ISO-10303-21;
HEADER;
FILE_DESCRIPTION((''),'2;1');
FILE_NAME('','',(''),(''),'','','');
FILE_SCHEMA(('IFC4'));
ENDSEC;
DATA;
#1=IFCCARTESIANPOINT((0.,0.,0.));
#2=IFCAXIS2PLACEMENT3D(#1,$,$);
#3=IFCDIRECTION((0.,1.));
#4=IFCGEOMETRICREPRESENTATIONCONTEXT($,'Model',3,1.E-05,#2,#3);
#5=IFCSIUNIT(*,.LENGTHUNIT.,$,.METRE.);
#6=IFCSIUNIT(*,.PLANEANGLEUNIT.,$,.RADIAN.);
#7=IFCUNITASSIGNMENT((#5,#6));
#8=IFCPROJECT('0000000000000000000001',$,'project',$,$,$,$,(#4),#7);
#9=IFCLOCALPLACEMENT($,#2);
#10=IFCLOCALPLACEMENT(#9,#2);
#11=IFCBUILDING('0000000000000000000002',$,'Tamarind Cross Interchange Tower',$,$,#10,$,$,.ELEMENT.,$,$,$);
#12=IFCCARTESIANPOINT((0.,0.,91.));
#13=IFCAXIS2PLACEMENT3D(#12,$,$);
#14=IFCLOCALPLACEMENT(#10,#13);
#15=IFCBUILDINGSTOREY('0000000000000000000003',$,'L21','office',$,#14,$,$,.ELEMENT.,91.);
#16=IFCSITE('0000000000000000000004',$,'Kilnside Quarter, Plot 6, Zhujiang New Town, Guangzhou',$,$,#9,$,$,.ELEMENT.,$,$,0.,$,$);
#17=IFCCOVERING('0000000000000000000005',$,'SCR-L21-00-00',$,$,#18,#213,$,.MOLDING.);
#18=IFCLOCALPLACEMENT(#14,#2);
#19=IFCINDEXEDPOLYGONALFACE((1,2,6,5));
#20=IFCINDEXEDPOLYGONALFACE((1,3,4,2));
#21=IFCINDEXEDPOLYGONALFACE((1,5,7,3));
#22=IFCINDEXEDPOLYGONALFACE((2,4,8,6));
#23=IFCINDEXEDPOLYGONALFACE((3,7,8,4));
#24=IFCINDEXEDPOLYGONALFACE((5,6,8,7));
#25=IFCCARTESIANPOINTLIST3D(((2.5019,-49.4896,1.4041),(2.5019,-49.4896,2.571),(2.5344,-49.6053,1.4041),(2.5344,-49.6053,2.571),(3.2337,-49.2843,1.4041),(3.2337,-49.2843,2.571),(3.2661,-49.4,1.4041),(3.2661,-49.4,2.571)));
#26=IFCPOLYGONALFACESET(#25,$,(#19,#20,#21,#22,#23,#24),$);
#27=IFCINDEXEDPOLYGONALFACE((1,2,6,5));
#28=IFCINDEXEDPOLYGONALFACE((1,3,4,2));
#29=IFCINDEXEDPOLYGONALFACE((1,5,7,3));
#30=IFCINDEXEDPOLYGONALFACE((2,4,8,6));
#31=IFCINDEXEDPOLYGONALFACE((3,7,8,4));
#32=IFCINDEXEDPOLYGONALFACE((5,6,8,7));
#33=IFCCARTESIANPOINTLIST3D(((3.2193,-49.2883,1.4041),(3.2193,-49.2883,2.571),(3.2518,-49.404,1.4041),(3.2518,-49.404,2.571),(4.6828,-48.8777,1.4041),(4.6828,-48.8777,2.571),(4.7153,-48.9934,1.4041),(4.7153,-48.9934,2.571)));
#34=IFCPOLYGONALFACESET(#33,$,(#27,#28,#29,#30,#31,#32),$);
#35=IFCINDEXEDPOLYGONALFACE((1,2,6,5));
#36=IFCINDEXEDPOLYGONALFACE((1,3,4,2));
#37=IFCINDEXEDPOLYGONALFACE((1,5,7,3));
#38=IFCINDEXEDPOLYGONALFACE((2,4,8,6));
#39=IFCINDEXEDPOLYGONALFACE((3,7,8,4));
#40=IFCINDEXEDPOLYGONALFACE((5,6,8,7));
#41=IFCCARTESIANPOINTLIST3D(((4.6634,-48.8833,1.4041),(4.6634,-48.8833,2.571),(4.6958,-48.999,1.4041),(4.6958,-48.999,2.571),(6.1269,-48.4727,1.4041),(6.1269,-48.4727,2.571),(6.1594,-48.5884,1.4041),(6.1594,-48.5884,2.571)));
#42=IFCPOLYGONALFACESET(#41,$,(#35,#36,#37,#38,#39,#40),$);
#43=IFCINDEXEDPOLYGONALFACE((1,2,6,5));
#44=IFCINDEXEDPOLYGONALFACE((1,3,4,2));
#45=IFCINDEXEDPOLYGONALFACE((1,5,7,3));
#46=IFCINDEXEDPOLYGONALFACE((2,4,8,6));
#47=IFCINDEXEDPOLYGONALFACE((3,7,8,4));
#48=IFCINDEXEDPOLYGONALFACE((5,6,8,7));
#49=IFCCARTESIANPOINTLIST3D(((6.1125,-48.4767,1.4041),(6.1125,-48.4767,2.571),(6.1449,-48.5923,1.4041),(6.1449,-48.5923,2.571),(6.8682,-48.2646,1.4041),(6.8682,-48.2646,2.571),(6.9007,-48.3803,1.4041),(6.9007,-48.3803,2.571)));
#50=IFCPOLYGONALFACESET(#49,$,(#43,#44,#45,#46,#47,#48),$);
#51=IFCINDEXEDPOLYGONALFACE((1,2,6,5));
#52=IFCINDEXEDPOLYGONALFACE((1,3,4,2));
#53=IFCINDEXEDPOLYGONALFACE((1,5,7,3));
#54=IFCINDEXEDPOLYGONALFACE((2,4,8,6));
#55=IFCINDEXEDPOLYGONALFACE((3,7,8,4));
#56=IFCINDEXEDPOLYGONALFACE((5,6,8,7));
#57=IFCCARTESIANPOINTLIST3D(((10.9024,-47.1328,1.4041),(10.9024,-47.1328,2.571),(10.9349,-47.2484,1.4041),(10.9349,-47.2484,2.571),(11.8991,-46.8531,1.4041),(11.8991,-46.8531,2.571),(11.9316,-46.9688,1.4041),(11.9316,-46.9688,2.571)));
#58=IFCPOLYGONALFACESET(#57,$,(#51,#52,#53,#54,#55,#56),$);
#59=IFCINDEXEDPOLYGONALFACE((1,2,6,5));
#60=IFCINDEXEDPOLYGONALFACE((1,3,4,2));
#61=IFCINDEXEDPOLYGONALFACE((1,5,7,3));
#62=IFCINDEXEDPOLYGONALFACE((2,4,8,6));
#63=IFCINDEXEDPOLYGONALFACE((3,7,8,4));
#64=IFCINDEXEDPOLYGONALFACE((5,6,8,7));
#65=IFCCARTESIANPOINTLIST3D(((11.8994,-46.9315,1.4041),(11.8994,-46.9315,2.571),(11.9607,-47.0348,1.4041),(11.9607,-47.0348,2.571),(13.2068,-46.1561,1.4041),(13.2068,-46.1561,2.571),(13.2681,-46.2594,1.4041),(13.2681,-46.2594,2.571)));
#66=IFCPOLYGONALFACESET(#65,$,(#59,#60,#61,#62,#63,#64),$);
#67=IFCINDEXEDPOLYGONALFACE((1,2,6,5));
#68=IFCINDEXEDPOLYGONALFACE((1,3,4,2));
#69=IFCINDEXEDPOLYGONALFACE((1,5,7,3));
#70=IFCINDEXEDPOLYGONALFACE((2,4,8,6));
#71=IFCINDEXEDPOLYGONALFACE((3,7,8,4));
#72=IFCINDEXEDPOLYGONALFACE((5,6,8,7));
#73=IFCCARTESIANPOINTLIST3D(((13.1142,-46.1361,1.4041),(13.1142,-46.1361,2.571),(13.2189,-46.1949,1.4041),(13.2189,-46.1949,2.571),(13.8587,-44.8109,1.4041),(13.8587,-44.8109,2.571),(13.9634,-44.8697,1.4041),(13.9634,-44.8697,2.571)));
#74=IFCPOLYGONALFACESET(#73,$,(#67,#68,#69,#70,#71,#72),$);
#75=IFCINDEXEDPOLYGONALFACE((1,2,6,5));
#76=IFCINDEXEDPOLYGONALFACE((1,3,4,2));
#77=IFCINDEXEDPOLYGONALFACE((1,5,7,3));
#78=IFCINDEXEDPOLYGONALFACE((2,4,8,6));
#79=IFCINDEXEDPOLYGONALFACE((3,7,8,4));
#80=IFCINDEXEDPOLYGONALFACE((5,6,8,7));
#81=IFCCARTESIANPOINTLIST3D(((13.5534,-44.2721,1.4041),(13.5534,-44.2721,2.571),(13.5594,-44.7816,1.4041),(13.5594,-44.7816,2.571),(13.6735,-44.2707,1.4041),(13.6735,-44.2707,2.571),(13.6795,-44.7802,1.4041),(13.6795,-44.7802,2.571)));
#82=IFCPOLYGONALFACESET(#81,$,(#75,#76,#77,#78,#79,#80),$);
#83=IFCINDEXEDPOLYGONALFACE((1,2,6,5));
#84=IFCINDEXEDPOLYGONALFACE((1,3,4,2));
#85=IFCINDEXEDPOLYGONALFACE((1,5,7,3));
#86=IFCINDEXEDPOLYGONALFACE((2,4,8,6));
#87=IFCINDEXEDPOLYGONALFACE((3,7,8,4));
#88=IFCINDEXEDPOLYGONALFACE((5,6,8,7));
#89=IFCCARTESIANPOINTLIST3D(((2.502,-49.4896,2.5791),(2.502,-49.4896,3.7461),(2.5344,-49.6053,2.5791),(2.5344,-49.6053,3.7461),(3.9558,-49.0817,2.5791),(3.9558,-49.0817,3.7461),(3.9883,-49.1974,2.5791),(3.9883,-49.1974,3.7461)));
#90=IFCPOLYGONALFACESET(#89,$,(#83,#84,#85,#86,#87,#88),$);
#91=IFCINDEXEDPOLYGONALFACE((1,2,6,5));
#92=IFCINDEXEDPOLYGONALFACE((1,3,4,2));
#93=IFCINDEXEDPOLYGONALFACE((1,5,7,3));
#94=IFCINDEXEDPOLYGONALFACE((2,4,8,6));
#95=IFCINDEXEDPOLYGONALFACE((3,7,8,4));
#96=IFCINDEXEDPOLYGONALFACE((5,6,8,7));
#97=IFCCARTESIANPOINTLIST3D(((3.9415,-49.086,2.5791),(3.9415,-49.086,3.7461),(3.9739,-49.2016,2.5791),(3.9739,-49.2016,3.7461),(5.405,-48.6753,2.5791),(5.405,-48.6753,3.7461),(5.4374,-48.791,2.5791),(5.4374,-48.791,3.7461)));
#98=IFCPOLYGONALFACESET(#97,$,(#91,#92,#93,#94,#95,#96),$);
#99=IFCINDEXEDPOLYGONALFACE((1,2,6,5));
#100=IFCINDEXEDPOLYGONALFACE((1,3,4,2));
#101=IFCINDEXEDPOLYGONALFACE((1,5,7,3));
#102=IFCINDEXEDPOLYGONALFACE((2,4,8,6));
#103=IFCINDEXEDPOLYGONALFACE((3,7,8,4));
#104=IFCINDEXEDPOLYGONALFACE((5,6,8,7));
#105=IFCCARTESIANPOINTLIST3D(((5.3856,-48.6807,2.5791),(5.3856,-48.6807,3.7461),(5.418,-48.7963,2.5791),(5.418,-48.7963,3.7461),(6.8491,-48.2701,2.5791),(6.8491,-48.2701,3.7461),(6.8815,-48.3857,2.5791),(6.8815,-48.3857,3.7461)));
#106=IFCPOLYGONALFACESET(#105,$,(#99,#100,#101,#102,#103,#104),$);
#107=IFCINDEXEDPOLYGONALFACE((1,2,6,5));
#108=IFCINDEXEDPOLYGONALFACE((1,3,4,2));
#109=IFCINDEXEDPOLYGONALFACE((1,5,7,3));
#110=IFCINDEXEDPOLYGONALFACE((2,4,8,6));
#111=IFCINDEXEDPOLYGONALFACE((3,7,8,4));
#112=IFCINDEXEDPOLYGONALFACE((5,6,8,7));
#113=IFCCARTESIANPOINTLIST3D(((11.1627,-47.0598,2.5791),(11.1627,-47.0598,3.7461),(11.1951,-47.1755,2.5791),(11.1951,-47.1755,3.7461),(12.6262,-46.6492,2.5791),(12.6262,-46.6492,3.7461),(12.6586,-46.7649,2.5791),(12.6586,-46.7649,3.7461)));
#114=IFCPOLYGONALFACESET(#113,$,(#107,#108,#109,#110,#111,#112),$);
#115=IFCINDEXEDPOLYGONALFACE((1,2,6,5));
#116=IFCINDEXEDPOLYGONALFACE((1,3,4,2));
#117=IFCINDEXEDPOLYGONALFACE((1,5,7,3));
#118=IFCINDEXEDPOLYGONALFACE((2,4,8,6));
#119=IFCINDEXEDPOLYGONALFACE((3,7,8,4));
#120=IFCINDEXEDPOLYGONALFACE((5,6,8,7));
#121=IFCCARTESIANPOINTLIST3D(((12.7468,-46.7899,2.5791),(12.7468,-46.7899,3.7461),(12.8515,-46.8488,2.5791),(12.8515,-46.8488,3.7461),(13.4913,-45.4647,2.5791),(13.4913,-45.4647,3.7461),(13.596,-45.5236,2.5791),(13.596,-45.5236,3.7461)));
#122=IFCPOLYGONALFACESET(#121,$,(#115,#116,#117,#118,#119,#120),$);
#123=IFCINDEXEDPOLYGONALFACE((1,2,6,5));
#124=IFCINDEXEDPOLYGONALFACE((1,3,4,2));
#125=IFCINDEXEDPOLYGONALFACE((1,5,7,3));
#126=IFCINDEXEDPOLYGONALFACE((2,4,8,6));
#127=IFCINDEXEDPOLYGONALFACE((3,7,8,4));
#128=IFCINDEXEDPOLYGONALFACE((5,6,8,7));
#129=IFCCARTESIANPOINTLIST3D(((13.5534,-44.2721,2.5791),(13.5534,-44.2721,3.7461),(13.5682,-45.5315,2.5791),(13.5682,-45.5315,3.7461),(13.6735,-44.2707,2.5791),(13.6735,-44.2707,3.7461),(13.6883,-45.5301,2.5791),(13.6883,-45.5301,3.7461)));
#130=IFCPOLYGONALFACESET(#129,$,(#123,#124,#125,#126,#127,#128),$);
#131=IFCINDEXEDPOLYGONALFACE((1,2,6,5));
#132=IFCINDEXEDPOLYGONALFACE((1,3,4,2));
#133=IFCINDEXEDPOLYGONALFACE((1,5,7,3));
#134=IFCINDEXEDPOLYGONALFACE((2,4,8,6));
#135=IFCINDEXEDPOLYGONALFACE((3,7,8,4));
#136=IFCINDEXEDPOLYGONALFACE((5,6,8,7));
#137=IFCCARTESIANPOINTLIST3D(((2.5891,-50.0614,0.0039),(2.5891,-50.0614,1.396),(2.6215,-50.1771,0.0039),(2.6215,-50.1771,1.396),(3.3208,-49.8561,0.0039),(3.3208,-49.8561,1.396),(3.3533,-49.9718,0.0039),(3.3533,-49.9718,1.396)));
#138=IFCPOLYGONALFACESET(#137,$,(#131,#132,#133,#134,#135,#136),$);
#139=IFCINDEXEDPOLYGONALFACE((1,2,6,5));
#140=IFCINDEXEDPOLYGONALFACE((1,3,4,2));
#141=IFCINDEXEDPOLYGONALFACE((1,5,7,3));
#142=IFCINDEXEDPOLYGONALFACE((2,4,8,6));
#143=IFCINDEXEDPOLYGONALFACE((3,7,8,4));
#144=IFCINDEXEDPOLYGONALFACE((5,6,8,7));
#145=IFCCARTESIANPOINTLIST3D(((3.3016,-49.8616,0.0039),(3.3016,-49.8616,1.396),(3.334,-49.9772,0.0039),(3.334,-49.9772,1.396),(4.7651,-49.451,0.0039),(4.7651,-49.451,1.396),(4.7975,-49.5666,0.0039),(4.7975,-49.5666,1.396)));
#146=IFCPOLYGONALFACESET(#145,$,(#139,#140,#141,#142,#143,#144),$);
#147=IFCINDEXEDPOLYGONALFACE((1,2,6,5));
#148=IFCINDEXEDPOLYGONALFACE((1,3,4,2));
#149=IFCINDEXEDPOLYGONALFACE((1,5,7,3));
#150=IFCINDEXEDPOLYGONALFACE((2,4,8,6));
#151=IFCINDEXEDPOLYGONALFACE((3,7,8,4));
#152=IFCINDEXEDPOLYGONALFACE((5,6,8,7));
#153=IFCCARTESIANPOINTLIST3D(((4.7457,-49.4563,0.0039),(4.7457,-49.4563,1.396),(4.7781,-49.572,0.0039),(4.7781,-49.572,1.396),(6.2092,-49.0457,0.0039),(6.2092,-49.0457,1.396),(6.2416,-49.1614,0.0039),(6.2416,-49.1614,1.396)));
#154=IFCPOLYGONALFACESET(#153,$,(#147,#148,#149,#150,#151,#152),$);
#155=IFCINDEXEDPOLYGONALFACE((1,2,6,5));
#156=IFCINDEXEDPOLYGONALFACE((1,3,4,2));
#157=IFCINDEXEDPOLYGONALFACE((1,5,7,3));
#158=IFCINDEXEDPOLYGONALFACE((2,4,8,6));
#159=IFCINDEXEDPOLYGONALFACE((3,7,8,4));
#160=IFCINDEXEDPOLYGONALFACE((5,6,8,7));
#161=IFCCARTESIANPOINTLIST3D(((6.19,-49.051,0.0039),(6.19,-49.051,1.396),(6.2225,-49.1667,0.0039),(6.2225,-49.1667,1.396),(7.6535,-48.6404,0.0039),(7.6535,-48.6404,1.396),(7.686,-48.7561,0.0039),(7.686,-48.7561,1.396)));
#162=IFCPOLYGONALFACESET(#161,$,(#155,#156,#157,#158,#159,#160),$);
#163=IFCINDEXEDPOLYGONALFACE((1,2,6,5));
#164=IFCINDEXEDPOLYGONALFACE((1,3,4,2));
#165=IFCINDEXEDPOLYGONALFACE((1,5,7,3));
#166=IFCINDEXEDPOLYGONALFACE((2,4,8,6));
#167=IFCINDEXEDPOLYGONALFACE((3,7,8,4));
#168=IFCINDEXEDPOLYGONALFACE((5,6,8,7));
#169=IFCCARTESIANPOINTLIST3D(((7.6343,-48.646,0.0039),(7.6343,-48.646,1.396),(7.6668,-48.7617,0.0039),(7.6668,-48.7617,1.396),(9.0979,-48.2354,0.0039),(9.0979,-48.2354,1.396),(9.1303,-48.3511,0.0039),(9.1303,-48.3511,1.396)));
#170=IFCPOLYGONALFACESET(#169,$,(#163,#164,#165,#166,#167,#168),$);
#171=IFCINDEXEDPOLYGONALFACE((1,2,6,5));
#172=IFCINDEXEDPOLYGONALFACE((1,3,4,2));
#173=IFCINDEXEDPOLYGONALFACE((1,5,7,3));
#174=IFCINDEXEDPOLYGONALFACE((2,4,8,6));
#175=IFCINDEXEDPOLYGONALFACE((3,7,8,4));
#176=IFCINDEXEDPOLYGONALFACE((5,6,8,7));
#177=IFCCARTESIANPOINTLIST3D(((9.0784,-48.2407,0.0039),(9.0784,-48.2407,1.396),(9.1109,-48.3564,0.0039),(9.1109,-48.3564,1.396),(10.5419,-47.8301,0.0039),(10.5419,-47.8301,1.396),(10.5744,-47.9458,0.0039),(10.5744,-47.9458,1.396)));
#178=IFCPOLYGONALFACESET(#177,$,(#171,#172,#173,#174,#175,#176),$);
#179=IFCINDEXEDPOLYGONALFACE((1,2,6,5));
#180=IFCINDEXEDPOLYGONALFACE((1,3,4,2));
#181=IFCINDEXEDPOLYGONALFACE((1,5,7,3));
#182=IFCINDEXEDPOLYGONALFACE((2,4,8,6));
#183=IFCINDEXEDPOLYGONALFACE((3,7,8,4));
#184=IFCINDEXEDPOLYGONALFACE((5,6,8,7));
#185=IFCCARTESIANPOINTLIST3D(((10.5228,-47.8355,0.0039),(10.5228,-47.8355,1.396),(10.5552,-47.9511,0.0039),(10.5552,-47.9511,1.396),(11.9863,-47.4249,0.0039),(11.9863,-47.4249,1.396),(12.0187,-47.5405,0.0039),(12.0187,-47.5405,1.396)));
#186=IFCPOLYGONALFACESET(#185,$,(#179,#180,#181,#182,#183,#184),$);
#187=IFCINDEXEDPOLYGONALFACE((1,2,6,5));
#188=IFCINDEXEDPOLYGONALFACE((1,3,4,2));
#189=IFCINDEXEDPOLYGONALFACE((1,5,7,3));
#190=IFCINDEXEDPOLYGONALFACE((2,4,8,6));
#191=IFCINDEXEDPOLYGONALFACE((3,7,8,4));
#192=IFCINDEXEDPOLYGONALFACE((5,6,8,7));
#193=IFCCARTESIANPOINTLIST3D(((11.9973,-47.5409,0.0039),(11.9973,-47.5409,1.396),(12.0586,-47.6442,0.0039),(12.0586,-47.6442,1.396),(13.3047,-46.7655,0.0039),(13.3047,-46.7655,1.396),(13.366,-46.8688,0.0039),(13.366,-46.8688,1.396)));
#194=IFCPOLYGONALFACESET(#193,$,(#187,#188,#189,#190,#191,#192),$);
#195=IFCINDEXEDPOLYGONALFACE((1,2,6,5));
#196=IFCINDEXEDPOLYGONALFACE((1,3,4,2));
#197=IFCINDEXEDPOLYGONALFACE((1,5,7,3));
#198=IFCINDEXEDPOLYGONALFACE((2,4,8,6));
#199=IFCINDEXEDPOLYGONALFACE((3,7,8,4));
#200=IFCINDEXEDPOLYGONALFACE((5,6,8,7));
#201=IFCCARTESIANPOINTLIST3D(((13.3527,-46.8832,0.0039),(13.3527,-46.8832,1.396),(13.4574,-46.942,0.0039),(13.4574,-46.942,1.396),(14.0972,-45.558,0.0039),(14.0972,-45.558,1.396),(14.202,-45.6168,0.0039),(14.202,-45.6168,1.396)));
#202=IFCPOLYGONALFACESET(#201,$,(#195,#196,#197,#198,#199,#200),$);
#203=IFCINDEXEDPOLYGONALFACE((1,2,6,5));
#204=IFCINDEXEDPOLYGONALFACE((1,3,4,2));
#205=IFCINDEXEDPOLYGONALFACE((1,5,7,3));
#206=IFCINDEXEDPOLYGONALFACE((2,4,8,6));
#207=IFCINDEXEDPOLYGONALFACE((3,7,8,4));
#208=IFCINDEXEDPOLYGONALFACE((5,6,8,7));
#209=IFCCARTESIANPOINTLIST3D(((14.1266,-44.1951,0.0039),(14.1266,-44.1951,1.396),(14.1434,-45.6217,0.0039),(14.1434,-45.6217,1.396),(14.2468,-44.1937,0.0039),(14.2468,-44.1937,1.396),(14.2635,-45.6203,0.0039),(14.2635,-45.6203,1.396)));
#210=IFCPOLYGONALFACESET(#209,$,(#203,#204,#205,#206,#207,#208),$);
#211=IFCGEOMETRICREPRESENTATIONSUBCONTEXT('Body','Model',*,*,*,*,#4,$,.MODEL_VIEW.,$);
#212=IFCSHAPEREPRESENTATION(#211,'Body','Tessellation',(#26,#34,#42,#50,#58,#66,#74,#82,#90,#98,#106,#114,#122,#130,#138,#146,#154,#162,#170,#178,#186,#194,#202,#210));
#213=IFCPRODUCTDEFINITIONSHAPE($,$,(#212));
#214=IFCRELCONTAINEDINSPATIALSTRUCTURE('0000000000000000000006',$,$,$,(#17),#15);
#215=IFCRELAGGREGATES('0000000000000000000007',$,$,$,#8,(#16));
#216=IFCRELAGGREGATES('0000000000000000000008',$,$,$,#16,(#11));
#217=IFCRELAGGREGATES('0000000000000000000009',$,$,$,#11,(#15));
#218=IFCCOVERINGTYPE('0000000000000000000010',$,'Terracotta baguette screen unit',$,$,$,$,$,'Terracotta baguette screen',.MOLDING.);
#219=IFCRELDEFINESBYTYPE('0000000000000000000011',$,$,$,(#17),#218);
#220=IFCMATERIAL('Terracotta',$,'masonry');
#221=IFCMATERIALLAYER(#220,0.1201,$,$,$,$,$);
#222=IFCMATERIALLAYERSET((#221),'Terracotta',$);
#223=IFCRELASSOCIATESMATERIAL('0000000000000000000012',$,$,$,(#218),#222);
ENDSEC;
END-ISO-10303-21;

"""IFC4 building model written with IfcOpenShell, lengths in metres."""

from ifc_helpers import new_model, si_unit, direction, frame, origin, origin_2d, place, context, subcontext, project, spatial, rectangle, extrude, material, layer, layer_set, type_object, element, save


model = new_model("IFC4")

# Units and contexts
model_context = context("Model", 3, precision=1e-05, world=origin(), true_north=direction((0.0, 1.0)))
body_context = subcontext(model_context, "Body", "Model", "MODEL_VIEW")
ifc_project = project(units=[si_unit("LENGTHUNIT", "METRE"), si_unit("PLANEANGLEUNIT", "RADIAN")], contexts=[model_context])

# Site, building, storey
site_placement = place(None, origin())
site = spatial("IfcSite", under=ifc_project, at=site_placement, Name="Kilnside Quarter, Plot 6, Zhujiang New Town, Guangzhou", CompositionType="ELEMENT", RefElevation=0.0)
building_placement = place(site_placement, origin())
building = spatial("IfcBuilding", under=site, at=building_placement, Name="Tamarind Cross Interchange Tower", CompositionType="ELEMENT")
storey_placement = place(building_placement, frame((0.0, 0.0, 91.0)))
storey = spatial("IfcBuildingStorey", under=building, at=storey_placement, Name="L21", Description="office", CompositionType="ELEMENT", Elevation=91.0)

# Covering
ifc_material_1 = material(Name="Terracotta", Category="masonry")
ifc_layer_1 = layer(ifc_material_1, 0.1201)
ifc_layer_set_1 = layer_set([ifc_layer_1], Name="Terracotta")
covering_type = type_object("IfcCoveringType", Name="Terracotta baguette screen unit", ElementType="Terracotta baguette screen", PredefinedType="MOLDING", material=ifc_layer_set_1)
covering_1_placement = place(storey_placement, origin())
element("IfcCovering", 1, at=covering_1_placement, inside=storey, type_object=covering_type, Name="SCR-L21-00-00", PredefinedType="MOLDING", context=body_context, shape_type="SweptSolid", body=[
    extrude(rectangle(XDim=0.76, YDim=0.1201, at=origin_2d()), frame((2.884, -49.4448, 1.4041), z_axis=(0.0, 0.0, 1.0), x_axis=(0.962824, 0.27013, 0.0)), (0.0, 0.0, 1.0), 1.167),
    extrude(rectangle(XDim=1.52, YDim=0.1201, at=origin_2d()), frame((3.9673, -49.1409, 1.4041), z_axis=(0.0, 0.0, 1.0), x_axis=(0.962824, 0.27013, 0.0)), (0.0, 0.0, 1.0), 1.167),
    extrude(rectangle(XDim=1.52, YDim=0.1201, at=origin_2d()), frame((5.4114, -48.7358, 1.4041), z_axis=(0.0, 0.0, 1.0), x_axis=(0.962824, 0.27013, 0.0)), (0.0, 0.0, 1.0), 1.167),
    extrude(rectangle(XDim=0.7849, YDim=0.1201, at=origin_2d()), frame((6.5066, -48.4285, 1.4041), z_axis=(0.0, 0.0, 1.0), x_axis=(0.962824, 0.27013, 0.0)), (0.0, 0.0, 1.0), 1.167),
    extrude(rectangle(XDim=1.0352, YDim=0.1201, at=origin_2d()), frame((11.417, -47.0508, 1.4041), z_axis=(0.0, 0.0, 1.0), x_axis=(0.962824, 0.27013, 0.0)), (0.0, 0.0, 1.0), 1.167),
    extrude(rectangle(XDim=1.52, YDim=0.1201, at=origin_2d()), frame((12.5837, -46.5955, 1.4041), z_axis=(0.0, 0.0, 1.0), x_axis=(0.860102, 0.510123, 0.0)), (0.0, 0.0, 1.0), 1.167),
    extrude(rectangle(XDim=1.52, YDim=0.1201, at=origin_2d()), frame((13.5388, -45.5029, 1.4041), z_axis=(0.0, 0.0, 1.0), x_axis=(0.489809, 0.87183, 0.0)), (0.0, 0.0, 1.0), 1.167),
    extrude(rectangle(XDim=0.5095, YDim=0.1201, at=origin_2d()), frame((13.6165, -44.5261, 1.4041), z_axis=(0.0, 0.0, 1.0), x_axis=(-0.011728, 0.999931, 0.0)), (0.0, 0.0, 1.0), 1.167),
    extrude(rectangle(XDim=1.51, YDim=0.1201, at=origin_2d()), frame((3.2451, -49.3435, 2.5791), z_axis=(0.0, 0.0, 1.0), x_axis=(0.962824, 0.27013, 0.0)), (0.0, 0.0, 1.0), 1.167),
    extrude(rectangle(XDim=1.52, YDim=0.1201, at=origin_2d()), frame((4.6895, -48.9385, 2.5791), z_axis=(0.0, 0.0, 1.0), x_axis=(0.962824, 0.27013, 0.0)), (0.0, 0.0, 1.0), 1.167),
    extrude(rectangle(XDim=1.52, YDim=0.1201, at=origin_2d()), frame((6.1335, -48.5332, 2.5791), z_axis=(0.0, 0.0, 1.0), x_axis=(0.962824, 0.27013, 0.0)), (0.0, 0.0, 1.0), 1.167),
    extrude(rectangle(XDim=1.52, YDim=0.1201, at=origin_2d()), frame((11.9106, -46.9124, 2.5791), z_axis=(0.0, 0.0, 1.0), x_axis=(0.962824, 0.27013, 0.0)), (0.0, 0.0, 1.0), 1.167),
    extrude(rectangle(XDim=1.52, YDim=0.1201, at=origin_2d()), frame((13.1714, -46.1567, 2.5791), z_axis=(0.0, 0.0, 1.0), x_axis=(0.489809, 0.87183, 0.0)), (0.0, 0.0, 1.0), 1.167),
    extrude(rectangle(XDim=1.2595, YDim=0.1201, at=origin_2d()), frame((13.6208, -44.9011, 2.5791), z_axis=(0.0, 0.0, 1.0), x_axis=(-0.011728, 0.999931, 0.0)), (0.0, 0.0, 1.0), 1.167),
    extrude(rectangle(XDim=0.76, YDim=0.1201, at=origin_2d()), frame((2.9712, -50.0166, 0.0039), z_axis=(0.0, 0.0, 1.0), x_axis=(0.962824, 0.27013, 0.0)), (0.0, 0.0, 1.0), 1.3921),
    extrude(rectangle(XDim=1.52, YDim=0.1201, at=origin_2d()), frame((4.0496, -49.7141, 0.0039), z_axis=(0.0, 0.0, 1.0), x_axis=(0.962824, 0.27013, 0.0)), (0.0, 0.0, 1.0), 1.3921),
    extrude(rectangle(XDim=1.52, YDim=0.1201, at=origin_2d()), frame((5.4937, -49.3088, 0.0039), z_axis=(0.0, 0.0, 1.0), x_axis=(0.962824, 0.27013, 0.0)), (0.0, 0.0, 1.0), 1.3921),
    extrude(rectangle(XDim=1.52, YDim=0.1201, at=origin_2d()), frame((6.938, -48.9036, 0.0039), z_axis=(0.0, 0.0, 1.0), x_axis=(0.962824, 0.27013, 0.0)), (0.0, 0.0, 1.0), 1.3921),
    extrude(rectangle(XDim=1.52, YDim=0.1201, at=origin_2d()), frame((8.3823, -48.4985, 0.0039), z_axis=(0.0, 0.0, 1.0), x_axis=(0.962824, 0.27013, 0.0)), (0.0, 0.0, 1.0), 1.3921),
    extrude(rectangle(XDim=1.52, YDim=0.1201, at=origin_2d()), frame((9.8264, -48.0933, 0.0039), z_axis=(0.0, 0.0, 1.0), x_axis=(0.962824, 0.27013, 0.0)), (0.0, 0.0, 1.0), 1.3921),
    extrude(rectangle(XDim=1.52, YDim=0.1201, at=origin_2d()), frame((11.2708, -47.688, 0.0039), z_axis=(0.0, 0.0, 1.0), x_axis=(0.962824, 0.27013, 0.0)), (0.0, 0.0, 1.0), 1.3921),
    extrude(rectangle(XDim=1.52, YDim=0.1201, at=origin_2d()), frame((12.6816, -47.2048, 0.0039), z_axis=(0.0, 0.0, 1.0), x_axis=(0.860102, 0.510123, 0.0)), (0.0, 0.0, 1.0), 1.3921),
    extrude(rectangle(XDim=1.52, YDim=0.1201, at=origin_2d()), frame((13.7773, -46.25, 0.0039), z_axis=(0.0, 0.0, 1.0), x_axis=(0.489809, 0.87183, 0.0)), (0.0, 0.0, 1.0), 1.3921),
    extrude(rectangle(XDim=1.4268, YDim=0.1201, at=origin_2d()), frame((14.1951, -44.9077, 0.0039), z_axis=(0.0, 0.0, 1.0), x_axis=(-0.011728, 0.999931, 0.0)), (0.0, 0.0, 1.0), 1.3921),
])

save(model, "model.ifc")
